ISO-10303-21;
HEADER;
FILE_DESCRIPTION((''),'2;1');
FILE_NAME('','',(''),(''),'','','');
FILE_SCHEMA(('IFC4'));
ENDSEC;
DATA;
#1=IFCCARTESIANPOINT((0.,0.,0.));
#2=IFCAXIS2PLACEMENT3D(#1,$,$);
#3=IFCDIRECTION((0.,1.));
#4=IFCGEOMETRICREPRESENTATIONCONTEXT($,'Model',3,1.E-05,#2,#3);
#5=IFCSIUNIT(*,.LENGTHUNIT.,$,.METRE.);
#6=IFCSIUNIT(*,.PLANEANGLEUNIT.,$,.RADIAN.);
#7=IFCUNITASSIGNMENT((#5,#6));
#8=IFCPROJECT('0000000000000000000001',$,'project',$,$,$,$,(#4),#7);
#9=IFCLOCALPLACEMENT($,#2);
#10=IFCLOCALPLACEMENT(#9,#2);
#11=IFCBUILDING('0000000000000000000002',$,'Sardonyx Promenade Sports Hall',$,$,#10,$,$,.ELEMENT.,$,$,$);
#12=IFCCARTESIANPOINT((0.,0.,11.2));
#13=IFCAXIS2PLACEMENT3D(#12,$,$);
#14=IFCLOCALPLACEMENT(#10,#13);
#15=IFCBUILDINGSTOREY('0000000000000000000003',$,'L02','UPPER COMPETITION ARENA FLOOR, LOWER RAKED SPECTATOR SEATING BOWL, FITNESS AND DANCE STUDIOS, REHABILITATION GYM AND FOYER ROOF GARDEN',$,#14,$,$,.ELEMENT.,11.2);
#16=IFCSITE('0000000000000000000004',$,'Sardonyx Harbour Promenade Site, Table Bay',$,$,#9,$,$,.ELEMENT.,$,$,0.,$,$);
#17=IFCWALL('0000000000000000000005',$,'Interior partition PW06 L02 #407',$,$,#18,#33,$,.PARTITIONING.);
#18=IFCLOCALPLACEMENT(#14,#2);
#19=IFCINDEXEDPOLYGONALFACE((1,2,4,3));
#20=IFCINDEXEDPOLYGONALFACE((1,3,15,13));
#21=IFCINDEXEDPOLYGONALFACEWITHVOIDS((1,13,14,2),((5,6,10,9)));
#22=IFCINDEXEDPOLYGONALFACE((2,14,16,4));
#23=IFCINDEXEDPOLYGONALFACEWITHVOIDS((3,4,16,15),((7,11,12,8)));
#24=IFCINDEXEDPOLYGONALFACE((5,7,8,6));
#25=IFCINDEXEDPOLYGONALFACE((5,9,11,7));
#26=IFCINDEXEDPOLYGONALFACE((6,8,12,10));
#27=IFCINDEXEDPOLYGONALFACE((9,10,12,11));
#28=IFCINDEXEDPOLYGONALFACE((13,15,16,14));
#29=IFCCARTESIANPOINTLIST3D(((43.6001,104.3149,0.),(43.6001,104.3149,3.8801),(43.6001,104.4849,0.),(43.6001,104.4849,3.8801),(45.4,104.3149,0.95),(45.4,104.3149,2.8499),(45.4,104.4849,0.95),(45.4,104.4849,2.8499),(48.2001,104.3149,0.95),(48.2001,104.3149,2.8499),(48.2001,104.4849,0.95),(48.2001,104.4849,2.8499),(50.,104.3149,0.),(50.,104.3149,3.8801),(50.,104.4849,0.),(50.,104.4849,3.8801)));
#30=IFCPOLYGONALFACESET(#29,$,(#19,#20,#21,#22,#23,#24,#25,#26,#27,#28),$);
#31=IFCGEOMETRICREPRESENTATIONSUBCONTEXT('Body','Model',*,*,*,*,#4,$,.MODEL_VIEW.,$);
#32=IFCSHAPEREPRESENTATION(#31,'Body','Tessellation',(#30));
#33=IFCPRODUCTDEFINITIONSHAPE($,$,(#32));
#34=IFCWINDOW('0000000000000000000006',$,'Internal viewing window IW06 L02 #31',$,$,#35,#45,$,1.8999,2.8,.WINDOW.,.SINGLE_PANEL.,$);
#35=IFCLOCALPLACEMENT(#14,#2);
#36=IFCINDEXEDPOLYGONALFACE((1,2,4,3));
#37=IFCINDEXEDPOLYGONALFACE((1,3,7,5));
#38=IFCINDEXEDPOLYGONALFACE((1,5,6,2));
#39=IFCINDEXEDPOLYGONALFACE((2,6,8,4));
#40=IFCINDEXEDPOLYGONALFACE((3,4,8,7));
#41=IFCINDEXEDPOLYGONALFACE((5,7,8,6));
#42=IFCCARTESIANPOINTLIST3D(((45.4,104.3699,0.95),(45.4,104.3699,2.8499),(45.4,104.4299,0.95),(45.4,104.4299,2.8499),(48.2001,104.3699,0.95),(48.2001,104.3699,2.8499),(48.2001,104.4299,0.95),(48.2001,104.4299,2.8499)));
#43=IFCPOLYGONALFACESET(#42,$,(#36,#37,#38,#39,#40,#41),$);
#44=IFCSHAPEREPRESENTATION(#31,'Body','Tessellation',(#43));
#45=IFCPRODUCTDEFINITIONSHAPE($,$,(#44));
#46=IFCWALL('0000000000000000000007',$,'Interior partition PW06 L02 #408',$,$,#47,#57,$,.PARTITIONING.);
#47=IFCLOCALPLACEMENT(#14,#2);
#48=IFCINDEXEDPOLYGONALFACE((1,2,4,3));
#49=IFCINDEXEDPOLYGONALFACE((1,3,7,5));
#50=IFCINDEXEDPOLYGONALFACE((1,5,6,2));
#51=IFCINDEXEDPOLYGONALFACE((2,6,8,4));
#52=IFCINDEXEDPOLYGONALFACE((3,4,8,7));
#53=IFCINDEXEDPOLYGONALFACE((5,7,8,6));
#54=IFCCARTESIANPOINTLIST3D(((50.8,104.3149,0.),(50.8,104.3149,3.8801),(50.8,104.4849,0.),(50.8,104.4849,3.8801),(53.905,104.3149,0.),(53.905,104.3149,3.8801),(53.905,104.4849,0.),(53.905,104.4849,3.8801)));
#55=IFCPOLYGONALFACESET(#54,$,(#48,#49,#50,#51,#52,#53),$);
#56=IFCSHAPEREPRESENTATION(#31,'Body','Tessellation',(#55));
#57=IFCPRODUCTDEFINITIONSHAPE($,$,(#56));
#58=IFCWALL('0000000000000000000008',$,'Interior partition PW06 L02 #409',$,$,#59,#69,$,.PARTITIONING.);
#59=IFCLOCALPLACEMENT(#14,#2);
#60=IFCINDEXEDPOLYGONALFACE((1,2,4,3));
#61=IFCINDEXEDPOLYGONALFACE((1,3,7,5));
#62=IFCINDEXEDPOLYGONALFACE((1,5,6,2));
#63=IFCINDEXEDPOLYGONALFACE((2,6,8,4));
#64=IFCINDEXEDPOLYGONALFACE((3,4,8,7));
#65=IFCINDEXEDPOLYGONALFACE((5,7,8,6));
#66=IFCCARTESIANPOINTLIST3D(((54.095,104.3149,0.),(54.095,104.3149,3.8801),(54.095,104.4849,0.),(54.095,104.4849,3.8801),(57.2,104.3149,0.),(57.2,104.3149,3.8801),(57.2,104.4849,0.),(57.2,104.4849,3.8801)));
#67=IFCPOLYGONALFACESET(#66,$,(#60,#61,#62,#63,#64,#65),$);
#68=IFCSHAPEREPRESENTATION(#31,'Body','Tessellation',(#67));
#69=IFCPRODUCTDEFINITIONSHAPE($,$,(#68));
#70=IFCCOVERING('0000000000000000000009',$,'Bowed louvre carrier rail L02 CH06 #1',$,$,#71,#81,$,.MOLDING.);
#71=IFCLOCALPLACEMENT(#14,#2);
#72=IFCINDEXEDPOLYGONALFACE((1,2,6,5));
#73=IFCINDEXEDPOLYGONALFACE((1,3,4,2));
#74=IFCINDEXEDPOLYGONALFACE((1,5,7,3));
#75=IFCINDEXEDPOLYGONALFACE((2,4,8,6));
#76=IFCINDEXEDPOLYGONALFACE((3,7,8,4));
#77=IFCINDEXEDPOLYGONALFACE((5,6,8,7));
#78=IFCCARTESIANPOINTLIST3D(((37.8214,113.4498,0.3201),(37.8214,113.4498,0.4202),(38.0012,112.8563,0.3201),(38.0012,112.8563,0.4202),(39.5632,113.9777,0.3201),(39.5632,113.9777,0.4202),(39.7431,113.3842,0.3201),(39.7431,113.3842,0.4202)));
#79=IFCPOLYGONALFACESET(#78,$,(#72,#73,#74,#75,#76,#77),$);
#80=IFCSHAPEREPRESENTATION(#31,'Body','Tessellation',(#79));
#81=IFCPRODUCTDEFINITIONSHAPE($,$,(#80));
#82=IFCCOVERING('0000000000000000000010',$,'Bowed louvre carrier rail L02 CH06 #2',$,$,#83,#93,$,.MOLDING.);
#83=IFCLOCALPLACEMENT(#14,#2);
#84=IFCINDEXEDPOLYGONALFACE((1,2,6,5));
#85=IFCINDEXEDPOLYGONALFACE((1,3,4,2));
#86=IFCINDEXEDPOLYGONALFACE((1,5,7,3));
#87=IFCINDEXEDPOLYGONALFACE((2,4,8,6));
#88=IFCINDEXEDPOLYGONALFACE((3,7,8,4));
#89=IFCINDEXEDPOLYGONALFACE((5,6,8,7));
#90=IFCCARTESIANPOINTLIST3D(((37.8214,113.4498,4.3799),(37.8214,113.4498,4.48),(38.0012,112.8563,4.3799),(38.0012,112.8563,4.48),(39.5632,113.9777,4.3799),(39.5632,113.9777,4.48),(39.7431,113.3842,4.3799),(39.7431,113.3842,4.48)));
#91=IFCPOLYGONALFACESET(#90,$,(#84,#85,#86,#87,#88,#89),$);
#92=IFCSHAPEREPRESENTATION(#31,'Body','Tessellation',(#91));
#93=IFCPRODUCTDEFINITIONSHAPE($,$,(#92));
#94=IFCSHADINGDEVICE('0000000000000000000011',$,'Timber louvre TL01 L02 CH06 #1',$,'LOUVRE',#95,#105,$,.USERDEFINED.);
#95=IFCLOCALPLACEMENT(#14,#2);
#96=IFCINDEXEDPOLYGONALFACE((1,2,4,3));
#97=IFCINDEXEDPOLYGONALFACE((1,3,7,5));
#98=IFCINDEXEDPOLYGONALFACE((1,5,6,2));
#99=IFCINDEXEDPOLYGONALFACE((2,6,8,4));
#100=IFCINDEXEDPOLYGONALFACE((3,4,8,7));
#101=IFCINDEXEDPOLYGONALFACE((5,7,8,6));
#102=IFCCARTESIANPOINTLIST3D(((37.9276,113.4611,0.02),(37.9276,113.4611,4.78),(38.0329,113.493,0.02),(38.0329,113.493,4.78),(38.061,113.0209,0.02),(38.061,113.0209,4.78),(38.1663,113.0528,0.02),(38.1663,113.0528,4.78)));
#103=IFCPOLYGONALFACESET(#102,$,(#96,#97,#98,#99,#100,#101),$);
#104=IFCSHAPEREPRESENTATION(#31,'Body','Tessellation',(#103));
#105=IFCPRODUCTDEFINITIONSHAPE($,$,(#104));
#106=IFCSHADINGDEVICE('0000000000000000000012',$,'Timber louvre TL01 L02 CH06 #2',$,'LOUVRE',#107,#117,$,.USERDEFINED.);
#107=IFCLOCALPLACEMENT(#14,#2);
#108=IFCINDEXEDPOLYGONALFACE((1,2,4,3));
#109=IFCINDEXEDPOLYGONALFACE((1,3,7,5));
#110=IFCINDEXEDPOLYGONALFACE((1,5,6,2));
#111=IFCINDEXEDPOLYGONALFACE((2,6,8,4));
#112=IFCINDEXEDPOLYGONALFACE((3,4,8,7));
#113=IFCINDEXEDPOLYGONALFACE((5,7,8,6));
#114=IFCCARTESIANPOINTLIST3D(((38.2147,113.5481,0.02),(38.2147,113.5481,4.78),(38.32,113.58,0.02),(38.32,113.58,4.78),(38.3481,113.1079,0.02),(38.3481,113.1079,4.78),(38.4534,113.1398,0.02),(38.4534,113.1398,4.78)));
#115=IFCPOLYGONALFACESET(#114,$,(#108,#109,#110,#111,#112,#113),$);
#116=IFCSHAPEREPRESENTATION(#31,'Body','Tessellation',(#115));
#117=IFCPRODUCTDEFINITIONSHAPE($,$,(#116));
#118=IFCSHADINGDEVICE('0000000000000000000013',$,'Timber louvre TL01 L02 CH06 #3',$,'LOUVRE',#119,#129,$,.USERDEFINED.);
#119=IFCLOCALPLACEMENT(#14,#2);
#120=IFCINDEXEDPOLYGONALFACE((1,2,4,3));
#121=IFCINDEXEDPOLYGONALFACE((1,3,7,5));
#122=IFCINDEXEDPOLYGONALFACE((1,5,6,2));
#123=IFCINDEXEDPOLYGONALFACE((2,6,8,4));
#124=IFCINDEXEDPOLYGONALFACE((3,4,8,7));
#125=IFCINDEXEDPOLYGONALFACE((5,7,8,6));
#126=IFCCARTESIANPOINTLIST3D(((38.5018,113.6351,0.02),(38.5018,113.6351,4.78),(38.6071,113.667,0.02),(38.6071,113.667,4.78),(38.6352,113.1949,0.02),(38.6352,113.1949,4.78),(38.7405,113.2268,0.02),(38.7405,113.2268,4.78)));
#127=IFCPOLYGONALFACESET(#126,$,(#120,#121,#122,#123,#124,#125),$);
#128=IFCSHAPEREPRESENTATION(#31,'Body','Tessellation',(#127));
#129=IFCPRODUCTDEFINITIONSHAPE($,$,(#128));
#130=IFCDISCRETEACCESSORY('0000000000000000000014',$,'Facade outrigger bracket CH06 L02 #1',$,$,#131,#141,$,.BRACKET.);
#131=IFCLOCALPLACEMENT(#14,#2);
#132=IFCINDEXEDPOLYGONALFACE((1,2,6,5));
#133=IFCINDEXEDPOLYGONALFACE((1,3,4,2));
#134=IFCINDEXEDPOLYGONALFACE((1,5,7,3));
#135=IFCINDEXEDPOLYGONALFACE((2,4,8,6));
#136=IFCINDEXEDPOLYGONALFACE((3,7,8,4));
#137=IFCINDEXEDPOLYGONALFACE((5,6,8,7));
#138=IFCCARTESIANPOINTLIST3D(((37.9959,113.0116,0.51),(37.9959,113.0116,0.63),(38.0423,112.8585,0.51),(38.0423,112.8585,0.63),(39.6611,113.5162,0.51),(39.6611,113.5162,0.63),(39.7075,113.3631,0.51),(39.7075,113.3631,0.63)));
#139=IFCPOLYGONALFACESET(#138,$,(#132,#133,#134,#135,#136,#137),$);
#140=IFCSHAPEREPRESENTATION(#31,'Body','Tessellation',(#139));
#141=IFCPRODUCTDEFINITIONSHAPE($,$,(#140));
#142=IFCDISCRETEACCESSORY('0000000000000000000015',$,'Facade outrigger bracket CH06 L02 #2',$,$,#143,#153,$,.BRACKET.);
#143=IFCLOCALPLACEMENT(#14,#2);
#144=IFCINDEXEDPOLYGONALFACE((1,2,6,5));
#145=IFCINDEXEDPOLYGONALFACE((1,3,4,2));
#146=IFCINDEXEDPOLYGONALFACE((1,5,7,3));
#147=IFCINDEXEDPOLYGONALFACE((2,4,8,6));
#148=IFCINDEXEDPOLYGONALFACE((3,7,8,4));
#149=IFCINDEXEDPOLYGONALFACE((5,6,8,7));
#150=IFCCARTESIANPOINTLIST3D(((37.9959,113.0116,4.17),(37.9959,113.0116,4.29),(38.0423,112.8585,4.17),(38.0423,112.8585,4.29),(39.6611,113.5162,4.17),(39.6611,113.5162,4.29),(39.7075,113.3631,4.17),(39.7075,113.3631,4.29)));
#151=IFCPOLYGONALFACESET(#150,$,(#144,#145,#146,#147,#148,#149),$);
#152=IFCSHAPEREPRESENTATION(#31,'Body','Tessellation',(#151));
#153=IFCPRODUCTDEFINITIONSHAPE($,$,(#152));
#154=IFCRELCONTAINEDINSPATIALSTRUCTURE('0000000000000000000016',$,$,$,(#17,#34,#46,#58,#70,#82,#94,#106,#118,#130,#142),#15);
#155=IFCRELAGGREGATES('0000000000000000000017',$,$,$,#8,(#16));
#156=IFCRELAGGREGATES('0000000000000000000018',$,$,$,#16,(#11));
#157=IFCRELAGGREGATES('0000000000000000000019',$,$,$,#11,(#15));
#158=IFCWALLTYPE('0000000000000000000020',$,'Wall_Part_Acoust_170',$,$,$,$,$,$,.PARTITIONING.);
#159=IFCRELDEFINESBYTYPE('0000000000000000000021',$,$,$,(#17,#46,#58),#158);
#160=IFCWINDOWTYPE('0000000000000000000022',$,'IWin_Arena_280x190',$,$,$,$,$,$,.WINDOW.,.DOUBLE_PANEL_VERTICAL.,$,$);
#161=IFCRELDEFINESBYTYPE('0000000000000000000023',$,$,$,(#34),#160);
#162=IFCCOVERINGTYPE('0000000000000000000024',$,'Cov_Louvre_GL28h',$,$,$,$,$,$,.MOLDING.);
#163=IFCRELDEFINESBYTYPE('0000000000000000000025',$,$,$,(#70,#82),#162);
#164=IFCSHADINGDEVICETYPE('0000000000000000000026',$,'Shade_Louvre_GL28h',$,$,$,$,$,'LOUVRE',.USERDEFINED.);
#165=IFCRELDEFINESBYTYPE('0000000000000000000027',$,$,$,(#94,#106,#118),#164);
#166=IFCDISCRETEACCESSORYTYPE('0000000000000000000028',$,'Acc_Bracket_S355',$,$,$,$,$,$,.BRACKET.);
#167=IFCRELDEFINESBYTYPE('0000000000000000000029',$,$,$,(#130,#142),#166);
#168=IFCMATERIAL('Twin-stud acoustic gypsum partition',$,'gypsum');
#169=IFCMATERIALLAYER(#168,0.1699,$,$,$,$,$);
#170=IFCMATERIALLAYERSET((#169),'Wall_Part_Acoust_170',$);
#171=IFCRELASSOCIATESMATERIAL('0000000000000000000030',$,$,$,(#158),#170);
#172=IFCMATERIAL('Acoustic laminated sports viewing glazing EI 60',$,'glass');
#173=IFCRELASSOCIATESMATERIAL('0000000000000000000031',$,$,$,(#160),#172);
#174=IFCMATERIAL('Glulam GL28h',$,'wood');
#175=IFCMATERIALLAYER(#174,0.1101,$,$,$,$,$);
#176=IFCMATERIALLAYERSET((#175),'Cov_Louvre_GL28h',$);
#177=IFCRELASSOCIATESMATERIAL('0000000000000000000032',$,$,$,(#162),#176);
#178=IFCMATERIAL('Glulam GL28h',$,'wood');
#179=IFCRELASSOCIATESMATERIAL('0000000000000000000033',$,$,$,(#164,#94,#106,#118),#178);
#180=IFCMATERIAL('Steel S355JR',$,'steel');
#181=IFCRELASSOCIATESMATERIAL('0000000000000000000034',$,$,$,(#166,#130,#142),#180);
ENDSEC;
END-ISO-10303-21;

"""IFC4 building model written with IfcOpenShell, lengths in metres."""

from ifc_helpers import new_model, si_unit, direction, frame, frame_2d, origin, origin_2d, place, context, subcontext, project, spatial, rectangle, extrude, material, layer, layer_set, type_object, element, fill, save


model = new_model("IFC4")

# Units and contexts
model_context = context("Model", 3, precision=1e-05, world=origin(), true_north=direction((0.0, 1.0)))
body_context = subcontext(model_context, "Body", "Model", "MODEL_VIEW")
ifc_project = project(units=[si_unit("LENGTHUNIT", "METRE"), si_unit("PLANEANGLEUNIT", "RADIAN")], contexts=[model_context])

# Site, building, storey
site_placement = place(None, origin())
site = spatial("IfcSite", under=ifc_project, at=site_placement, Name="Sardonyx Harbour Promenade Site, Table Bay", CompositionType="ELEMENT", RefElevation=0.0)
building_placement = place(site_placement, origin())
building = spatial("IfcBuilding", under=site, at=building_placement, Name="Sardonyx Promenade Sports Hall", CompositionType="ELEMENT")
storey_placement = place(building_placement, frame((0.0, 0.0, 11.2)))
storey = spatial("IfcBuildingStorey", under=building, at=storey_placement, Name="L02", Description="UPPER COMPETITION ARENA FLOOR, LOWER RAKED SPECTATOR SEATING BOWL, FITNESS AND DANCE STUDIOS, REHABILITATION GYM AND FOYER ROOF GARDEN", CompositionType="ELEMENT", Elevation=11.2)

# Shared definitions
ifc_material_1 = material(Name="Twin-stud acoustic gypsum partition", Category="gypsum")
ifc_layer_1 = layer(ifc_material_1, 0.1699)
ifc_layer_set_1 = layer_set([ifc_layer_1], Name="Wall_Part_Acoust_170")
wall_type_1 = type_object("IfcWallType", Name="Wall_Part_Acoust_170", PredefinedType="PARTITIONING", material=ifc_layer_set_1)

# Wall, opening, window
wall_1_placement = place(storey_placement, frame((43.6001, 104.3999, 0.0), z_axis=(0.0, 0.0, 1.0), x_axis=(1.0, 0.0, 0.0)))
wall_1 = element("IfcWall", 1, at=wall_1_placement, inside=storey, type_object=wall_type_1, Name="Interior partition PW06 L02 #407", PredefinedType="PARTITIONING", context=body_context, shape_type="SweptSolid", body=[
    extrude(rectangle(XDim=6.3999, YDim=0.1699, at=frame_2d((3.2, 0.0))), origin(), (0.0, 0.0, 1.0), 3.8801),
])
opening_1_placement = place(wall_1_placement, frame((1.8, 0.0, 0.95)))
opening_1 = element("IfcOpeningElement", 2, at=opening_1_placement, cuts=wall_1, PredefinedType="OPENING", context=body_context, shape_type="SweptSolid", body=[
    extrude(rectangle(XDim=2.8, YDim=1.8999, at=frame_2d((1.3999, 0.95))), frame((0.0, 0.095, 0.0), z_axis=(0.0, -1.0, 0.0), x_axis=(1.0, 0.0, 0.0)), (0.0, 0.0, 1.0), 0.19),
])
ifc_material_2 = material(Name="Acoustic laminated sports viewing glazing EI 60", Category="glass")
window_type = type_object("IfcWindowType", Name="IWin_Arena_280x190", PartitioningType="DOUBLE_PANEL_VERTICAL", PredefinedType="WINDOW", material=ifc_material_2)
window_placement = place(opening_1_placement, origin())
window = element("IfcWindow", 3, at=window_placement, inside=storey, type_object=window_type, Name="Internal viewing window IW06 L02 #31", OverallHeight=1.8999, OverallWidth=2.8, PartitioningType="SINGLE_PANEL", PredefinedType="WINDOW", context=body_context, shape_type="SweptSolid", body=[
    extrude(rectangle(XDim=2.8, YDim=1.8999, at=frame_2d((1.3999, 0.95))), frame((0.0, 0.03, 0.0), z_axis=(0.0, -1.0, 0.0), x_axis=(1.0, 0.0, 0.0)), (0.0, 0.0, 1.0), 0.0601),
])
fill(opening_1, window)

# Walls
for number, where, z_axis, x_axis, name in (
    (4, (50.8, 104.3999, 0.0), (0.0, 0.0, 1.0), (1.0, 0.0, 0.0), "Interior partition PW06 L02 #408"),
    (5, (54.095, 104.3999, 0.0), (0.0, 0.0, 1.0), (1.0, 0.0, 0.0), "Interior partition PW06 L02 #409"),
):
    element("IfcWall", number, at=place(storey_placement, frame(where, z_axis=z_axis, x_axis=x_axis)), inside=storey, type_object=wall_type_1, Name=name, PredefinedType="PARTITIONING", context=body_context, shape_type="SweptSolid", body=[
        extrude(rectangle(XDim=3.105, YDim=0.1699, at=frame_2d((1.5525, 0.0))), origin(), (0.0, 0.0, 1.0), 3.8801),
    ])

# Coverings
ifc_material_3 = material(Name="Glulam GL28h", Category="wood")
ifc_layer_2 = layer(ifc_material_3, 0.1101)
ifc_layer_set_2 = layer_set([ifc_layer_2], Name="Cov_Louvre_GL28h")
covering_type = type_object("IfcCoveringType", Name="Cov_Louvre_GL28h", PredefinedType="MOLDING", material=ifc_layer_set_2)
for number, where, z_axis, x_axis, name in (
    (6, (38.7822, 113.417, 0.3201), (0.0, 0.0, 1.0), (0.957021, 0.290017, 0.0), "Bowed louvre carrier rail L02 CH06 #1"),
    (7, (38.7822, 113.417, 4.3799), (0.0, 0.0, 1.0), (0.957021, 0.290017, 0.0), "Bowed louvre carrier rail L02 CH06 #2"),
):
    element("IfcCovering", number, at=place(storey_placement, frame(where, z_axis=z_axis, x_axis=x_axis)), inside=storey, type_object=covering_type, Name=name, PredefinedType="MOLDING", context=body_context, shape_type="SweptSolid", body=[
        extrude(rectangle(XDim=1.8201, YDim=0.6201, at=origin_2d()), origin(), (0.0, 0.0, 1.0), 0.1001),
    ])

# Shading devices
ifc_material_4 = material(Name="Glulam GL28h", Category="wood")
shading_device_type = type_object("IfcShadingDeviceType", Name="Shade_Louvre_GL28h", ElementType="LOUVRE", PredefinedType="USERDEFINED", material=ifc_material_4)
for number, where, z_axis, x_axis, name in (
    (8, (38.047, 113.2569, 0.02), (0.0, 0.0, 1.0), (0.957021, 0.290017, 0.0), "Timber louvre TL01 L02 CH06 #1"),
    (9, (38.3341, 113.3439, 0.02), (0.0, 0.0, 1.0), (0.957021, 0.290017, 0.0), "Timber louvre TL01 L02 CH06 #2"),
    (10, (38.6212, 113.4309, 0.02), (0.0, 0.0, 1.0), (0.957021, 0.290017, 0.0), "Timber louvre TL01 L02 CH06 #3"),
):
    element("IfcShadingDevice", number, at=place(storey_placement, frame(where, z_axis=z_axis, x_axis=x_axis)), inside=storey, type_object=shading_device_type, material=ifc_material_4, Name=name, ObjectType="LOUVRE", PredefinedType="USERDEFINED", context=body_context, shape_type="SweptSolid", body=[
        extrude(rectangle(XDim=0.11, YDim=0.46), origin(), (0.0, 0.0, 1.0), 4.76),
    ])

# Discrete accessories
ifc_material_5 = material(Name="Steel S355JR", Category="steel")
discrete_accessory_type = type_object("IfcDiscreteAccessoryType", Name="Acc_Bracket_S355", PredefinedType="BRACKET", material=ifc_material_5)
for number, where, z_axis, x_axis, name in (
    (11, (38.8517, 113.1873, 0.51), (0.0, 0.0, 1.0), (0.957021, 0.290017, 0.0), "Facade outrigger bracket CH06 L02 #1"),
    (12, (38.8517, 113.1873, 4.17), (0.0, 0.0, 1.0), (0.957021, 0.290017, 0.0), "Facade outrigger bracket CH06 L02 #2"),
):
    element("IfcDiscreteAccessory", number, at=place(storey_placement, frame(where, z_axis=z_axis, x_axis=x_axis)), inside=storey, type_object=discrete_accessory_type, material=ifc_material_5, Name=name, PredefinedType="BRACKET", context=body_context, shape_type="SweptSolid", body=[
        extrude(rectangle(XDim=1.74, YDim=0.16), origin(), (0.0, 0.0, 1.0), 0.12),
    ])

save(model, "model.ifc")
